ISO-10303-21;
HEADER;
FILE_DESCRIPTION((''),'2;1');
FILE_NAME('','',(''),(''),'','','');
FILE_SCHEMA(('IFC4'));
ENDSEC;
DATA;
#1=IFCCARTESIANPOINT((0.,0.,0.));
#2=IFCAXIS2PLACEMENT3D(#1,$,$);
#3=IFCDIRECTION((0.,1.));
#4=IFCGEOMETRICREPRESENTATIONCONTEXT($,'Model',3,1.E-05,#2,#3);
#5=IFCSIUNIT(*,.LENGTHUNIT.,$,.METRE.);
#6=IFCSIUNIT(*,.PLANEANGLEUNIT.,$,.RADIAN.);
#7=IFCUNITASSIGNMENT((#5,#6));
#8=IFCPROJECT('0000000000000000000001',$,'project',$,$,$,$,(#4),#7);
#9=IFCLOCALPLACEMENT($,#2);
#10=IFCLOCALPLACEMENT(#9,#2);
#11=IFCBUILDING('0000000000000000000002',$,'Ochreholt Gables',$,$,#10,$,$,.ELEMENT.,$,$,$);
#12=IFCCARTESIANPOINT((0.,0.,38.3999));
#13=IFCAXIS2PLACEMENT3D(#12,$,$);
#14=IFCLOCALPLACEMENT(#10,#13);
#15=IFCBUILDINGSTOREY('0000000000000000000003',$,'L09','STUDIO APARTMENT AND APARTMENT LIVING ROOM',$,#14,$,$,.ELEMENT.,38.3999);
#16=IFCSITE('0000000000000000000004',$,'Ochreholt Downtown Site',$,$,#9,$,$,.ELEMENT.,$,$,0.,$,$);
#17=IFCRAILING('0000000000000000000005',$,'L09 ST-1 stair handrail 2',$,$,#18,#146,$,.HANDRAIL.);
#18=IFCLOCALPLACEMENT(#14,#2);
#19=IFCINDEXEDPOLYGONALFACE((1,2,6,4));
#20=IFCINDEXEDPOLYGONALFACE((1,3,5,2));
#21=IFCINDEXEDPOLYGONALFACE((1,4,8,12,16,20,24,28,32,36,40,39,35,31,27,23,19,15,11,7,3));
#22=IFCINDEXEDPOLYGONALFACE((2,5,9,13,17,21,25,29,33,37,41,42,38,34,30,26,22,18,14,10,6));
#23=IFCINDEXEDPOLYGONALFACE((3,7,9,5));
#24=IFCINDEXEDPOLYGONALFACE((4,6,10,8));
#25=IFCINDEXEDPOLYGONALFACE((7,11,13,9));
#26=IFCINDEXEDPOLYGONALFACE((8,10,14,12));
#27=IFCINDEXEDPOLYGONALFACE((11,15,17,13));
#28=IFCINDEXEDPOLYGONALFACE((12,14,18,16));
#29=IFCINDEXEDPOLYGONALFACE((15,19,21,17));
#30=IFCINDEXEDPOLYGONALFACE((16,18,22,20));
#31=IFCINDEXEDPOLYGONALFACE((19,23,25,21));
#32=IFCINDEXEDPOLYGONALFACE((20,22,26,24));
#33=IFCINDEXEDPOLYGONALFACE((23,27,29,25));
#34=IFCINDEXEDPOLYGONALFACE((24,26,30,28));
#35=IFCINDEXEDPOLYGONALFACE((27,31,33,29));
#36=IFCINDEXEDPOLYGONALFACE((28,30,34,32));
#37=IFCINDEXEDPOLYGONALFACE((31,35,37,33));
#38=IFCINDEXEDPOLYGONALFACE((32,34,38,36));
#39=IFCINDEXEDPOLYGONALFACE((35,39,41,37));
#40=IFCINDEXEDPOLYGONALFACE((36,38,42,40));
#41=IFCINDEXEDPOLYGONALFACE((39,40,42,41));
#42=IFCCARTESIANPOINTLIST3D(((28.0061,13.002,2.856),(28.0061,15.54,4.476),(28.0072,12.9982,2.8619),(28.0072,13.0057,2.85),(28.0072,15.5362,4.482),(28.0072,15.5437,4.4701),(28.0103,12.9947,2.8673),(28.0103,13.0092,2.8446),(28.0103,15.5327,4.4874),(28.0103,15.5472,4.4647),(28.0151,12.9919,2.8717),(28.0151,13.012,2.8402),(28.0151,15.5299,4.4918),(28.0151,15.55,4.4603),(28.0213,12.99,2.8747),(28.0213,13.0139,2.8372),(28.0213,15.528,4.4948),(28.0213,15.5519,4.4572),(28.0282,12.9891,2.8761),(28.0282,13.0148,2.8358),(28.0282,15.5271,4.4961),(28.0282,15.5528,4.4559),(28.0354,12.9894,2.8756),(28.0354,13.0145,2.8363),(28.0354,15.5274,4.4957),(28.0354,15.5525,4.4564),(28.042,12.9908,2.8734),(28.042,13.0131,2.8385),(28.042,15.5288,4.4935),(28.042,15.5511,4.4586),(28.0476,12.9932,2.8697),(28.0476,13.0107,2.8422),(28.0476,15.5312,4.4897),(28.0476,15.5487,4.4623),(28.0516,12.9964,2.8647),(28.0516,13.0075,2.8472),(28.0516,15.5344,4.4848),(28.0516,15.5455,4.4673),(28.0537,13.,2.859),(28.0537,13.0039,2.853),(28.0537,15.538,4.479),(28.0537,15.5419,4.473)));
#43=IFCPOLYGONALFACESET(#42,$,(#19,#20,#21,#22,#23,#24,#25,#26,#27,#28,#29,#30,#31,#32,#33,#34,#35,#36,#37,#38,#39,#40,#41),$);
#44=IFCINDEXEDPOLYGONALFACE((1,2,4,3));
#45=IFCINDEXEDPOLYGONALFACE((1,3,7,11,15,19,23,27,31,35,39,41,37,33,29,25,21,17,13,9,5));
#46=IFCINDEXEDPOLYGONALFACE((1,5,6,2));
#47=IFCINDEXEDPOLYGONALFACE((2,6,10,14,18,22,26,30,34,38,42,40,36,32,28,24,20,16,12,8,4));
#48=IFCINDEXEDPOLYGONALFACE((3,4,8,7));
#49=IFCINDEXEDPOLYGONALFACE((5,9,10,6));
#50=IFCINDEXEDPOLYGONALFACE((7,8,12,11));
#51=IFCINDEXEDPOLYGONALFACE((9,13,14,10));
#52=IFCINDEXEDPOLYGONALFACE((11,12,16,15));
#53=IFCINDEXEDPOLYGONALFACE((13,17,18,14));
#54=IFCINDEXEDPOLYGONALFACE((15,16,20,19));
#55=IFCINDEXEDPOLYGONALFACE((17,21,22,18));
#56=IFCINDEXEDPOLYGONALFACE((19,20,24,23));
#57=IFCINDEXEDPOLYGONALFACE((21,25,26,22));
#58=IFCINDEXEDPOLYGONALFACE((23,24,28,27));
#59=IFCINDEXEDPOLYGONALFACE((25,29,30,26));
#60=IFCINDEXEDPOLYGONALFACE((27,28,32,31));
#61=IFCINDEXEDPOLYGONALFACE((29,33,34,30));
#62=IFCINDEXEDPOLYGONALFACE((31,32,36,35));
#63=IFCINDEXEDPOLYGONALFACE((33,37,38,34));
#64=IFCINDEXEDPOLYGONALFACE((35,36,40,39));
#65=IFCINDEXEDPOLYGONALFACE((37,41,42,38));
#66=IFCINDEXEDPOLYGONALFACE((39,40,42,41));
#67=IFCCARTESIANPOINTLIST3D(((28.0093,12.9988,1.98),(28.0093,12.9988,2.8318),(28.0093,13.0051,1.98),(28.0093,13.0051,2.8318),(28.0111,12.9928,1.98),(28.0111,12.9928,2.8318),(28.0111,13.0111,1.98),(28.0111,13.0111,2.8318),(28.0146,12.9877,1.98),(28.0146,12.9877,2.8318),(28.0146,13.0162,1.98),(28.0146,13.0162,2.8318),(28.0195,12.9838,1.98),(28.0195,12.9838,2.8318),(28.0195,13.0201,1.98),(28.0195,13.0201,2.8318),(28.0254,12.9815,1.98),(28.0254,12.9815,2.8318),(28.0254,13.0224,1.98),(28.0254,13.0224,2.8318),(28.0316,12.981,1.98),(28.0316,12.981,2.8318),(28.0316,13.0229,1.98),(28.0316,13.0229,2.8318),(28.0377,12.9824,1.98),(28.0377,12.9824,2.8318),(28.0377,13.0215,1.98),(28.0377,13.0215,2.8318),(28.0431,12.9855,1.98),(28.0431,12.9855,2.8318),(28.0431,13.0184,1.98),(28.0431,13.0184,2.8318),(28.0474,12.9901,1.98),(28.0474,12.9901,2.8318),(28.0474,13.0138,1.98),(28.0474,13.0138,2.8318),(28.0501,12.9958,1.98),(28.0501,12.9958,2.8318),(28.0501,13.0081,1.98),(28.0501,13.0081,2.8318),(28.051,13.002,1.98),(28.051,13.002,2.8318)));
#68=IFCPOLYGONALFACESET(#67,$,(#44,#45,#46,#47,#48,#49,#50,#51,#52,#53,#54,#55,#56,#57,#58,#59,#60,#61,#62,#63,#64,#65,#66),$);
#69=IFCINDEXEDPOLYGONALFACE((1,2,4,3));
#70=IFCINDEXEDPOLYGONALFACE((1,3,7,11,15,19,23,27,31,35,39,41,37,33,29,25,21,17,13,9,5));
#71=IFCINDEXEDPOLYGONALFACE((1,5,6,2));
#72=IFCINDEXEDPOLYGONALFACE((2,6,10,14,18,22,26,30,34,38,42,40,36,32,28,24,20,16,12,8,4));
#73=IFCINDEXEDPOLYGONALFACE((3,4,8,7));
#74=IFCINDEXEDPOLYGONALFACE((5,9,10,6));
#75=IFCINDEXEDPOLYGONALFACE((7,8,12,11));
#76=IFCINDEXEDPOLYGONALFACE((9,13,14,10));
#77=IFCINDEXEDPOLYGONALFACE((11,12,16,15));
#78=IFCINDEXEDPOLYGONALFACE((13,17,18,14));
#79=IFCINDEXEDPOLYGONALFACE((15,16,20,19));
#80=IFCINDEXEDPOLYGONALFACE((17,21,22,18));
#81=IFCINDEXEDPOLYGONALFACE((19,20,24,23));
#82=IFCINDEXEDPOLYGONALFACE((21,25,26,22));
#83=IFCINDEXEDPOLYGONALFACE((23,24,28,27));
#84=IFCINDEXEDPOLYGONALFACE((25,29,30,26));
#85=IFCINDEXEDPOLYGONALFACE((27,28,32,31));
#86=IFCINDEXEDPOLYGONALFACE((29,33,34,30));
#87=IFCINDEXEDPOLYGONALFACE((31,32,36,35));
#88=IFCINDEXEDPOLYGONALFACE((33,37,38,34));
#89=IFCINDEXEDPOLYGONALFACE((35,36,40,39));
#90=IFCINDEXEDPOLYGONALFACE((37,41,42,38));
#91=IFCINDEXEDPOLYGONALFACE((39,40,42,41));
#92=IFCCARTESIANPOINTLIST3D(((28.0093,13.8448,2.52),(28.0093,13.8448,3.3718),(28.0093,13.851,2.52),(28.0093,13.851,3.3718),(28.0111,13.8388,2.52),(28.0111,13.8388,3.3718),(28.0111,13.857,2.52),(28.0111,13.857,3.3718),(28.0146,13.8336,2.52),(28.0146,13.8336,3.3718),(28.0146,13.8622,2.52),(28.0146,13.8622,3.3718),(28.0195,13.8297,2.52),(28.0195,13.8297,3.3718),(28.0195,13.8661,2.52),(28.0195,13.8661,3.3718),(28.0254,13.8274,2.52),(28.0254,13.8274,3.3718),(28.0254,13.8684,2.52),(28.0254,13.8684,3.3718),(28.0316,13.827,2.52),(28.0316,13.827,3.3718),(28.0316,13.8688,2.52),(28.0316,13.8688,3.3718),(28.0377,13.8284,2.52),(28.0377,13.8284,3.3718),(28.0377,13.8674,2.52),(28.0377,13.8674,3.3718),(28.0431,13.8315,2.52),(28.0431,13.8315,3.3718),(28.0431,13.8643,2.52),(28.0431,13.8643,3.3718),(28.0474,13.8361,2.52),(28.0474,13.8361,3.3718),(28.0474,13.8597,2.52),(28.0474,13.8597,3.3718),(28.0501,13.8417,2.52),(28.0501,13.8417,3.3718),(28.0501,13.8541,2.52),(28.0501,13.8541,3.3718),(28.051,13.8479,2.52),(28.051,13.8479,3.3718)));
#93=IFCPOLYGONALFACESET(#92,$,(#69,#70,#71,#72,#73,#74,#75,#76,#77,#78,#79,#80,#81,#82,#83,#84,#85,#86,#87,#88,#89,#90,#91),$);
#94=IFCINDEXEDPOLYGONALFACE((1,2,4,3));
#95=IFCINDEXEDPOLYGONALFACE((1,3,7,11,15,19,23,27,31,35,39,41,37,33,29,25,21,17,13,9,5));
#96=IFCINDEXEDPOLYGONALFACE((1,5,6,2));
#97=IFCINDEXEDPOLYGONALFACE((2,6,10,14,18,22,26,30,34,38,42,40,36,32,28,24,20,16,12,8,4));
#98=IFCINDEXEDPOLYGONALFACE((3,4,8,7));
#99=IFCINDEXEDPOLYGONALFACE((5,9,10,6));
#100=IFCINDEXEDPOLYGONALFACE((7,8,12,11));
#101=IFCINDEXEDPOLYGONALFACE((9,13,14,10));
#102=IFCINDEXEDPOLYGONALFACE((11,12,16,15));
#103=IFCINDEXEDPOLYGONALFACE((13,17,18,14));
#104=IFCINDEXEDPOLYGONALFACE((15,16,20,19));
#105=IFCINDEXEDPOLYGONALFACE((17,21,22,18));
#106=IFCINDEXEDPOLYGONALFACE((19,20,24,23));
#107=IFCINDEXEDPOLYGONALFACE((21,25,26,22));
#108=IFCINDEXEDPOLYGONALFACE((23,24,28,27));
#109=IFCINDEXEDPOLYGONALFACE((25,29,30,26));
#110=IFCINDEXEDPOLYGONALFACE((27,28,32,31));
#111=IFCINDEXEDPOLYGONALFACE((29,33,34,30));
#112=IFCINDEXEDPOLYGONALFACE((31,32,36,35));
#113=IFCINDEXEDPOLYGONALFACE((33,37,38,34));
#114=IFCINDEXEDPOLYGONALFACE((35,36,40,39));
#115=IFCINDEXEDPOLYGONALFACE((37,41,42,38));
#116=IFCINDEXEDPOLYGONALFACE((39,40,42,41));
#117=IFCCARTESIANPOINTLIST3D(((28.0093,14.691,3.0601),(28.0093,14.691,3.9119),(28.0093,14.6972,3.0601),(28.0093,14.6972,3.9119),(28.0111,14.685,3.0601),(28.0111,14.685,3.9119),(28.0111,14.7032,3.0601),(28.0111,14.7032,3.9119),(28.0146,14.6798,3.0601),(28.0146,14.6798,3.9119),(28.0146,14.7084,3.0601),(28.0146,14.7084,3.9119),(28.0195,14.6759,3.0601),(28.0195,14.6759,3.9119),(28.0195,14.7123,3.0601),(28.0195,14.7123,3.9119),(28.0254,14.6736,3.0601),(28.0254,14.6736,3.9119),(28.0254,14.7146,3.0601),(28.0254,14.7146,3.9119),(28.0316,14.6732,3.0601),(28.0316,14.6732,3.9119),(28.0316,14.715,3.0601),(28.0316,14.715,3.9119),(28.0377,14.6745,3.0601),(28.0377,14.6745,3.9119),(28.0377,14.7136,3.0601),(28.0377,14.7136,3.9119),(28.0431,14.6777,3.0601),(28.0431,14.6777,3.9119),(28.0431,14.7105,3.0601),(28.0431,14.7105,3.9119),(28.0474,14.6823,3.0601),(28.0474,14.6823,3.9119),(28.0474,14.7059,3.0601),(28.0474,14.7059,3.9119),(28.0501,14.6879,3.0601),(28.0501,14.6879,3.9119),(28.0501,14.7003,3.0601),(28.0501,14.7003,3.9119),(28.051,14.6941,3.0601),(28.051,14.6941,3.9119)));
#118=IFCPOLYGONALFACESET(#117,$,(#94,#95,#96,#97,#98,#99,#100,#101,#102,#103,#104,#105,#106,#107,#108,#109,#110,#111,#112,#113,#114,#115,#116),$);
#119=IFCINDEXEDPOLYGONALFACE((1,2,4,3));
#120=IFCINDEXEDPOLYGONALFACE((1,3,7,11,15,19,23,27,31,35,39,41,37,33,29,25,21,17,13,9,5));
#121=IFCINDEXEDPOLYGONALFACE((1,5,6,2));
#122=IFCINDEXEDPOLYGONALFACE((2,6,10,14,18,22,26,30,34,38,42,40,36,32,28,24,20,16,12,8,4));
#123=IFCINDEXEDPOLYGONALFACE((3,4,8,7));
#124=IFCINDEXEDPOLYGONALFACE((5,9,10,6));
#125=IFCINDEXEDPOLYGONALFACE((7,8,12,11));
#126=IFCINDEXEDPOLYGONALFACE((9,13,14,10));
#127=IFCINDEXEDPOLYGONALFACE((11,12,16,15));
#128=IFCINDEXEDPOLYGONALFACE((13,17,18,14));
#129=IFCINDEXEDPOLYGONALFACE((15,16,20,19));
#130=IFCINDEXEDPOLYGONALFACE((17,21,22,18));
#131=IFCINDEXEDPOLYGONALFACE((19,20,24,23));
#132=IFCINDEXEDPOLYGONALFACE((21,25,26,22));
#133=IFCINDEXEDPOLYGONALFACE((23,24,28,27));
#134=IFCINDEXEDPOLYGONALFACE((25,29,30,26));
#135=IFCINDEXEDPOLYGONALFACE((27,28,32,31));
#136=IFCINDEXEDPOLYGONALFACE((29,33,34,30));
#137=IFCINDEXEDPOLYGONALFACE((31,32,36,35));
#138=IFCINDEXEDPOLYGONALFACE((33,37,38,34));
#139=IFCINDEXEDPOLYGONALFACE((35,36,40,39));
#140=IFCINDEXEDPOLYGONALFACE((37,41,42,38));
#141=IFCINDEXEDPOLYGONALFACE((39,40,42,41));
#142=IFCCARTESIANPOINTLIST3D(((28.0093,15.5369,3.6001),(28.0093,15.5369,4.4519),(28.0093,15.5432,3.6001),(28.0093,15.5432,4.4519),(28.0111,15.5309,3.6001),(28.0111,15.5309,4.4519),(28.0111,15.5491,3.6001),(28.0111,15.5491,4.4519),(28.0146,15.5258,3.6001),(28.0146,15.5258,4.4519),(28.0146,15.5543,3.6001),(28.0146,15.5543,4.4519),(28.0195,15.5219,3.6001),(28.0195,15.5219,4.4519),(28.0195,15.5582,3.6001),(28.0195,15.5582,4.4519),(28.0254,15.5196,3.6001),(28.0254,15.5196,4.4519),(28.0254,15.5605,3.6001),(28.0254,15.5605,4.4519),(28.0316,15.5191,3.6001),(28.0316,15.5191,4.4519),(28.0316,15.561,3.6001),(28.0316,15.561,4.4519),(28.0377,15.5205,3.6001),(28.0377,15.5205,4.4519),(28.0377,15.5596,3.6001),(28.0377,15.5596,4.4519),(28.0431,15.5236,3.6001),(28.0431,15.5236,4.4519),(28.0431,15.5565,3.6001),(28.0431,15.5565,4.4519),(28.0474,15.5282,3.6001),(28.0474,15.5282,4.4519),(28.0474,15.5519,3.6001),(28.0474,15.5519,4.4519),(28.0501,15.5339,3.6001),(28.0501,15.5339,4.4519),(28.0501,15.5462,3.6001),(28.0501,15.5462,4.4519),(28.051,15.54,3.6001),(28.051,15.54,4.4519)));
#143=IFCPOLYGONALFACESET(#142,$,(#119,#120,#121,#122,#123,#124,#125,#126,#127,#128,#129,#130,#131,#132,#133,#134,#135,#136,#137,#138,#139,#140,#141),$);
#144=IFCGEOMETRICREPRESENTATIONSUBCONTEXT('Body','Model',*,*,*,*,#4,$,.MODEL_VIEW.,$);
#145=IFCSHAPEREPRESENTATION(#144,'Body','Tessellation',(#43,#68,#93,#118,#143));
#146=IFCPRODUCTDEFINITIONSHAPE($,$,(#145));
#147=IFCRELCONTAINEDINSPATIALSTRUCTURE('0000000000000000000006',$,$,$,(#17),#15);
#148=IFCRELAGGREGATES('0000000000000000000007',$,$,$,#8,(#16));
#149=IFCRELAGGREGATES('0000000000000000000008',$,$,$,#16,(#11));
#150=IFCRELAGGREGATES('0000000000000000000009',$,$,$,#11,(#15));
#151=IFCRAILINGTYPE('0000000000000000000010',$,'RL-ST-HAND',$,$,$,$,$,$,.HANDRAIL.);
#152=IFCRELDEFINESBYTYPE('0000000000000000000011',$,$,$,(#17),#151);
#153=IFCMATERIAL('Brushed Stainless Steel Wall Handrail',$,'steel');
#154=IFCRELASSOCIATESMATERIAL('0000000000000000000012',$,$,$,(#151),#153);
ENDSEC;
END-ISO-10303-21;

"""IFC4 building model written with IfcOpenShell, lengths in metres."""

from ifc_helpers import new_model, si_unit, direction, frame, origin, origin_2d, place, context, subcontext, project, spatial, circle, extrude, material, type_object, element, save


model = new_model("IFC4")

# Units and contexts
model_context = context("Model", 3, precision=1e-05, world=origin(), true_north=direction((0.0, 1.0)))
body_context = subcontext(model_context, "Body", "Model", "MODEL_VIEW")
ifc_project = project(units=[si_unit("LENGTHUNIT", "METRE"), si_unit("PLANEANGLEUNIT", "RADIAN")], contexts=[model_context])

# Site, building, storey
site_placement = place(None, origin())
site = spatial("IfcSite", under=ifc_project, at=site_placement, Name="Ochreholt Downtown Site", CompositionType="ELEMENT", RefElevation=0.0)
building_placement = place(site_placement, origin())
building = spatial("IfcBuilding", under=site, at=building_placement, Name="Ochreholt Gables", CompositionType="ELEMENT")
storey_placement = place(building_placement, frame((0.0, 0.0, 38.3999)))
storey = spatial("IfcBuildingStorey", under=building, at=storey_placement, Name="L09", Description="STUDIO APARTMENT AND APARTMENT LIVING ROOM", CompositionType="ELEMENT", Elevation=38.3999)

# Railing
ifc_material_1 = material(Name="Brushed Stainless Steel Wall Handrail", Category="steel")
railing_type_1 = type_object("IfcRailingType", Name="RL-ST-HAND", PredefinedType="HANDRAIL", material=ifc_material_1)
railing_1_placement = place(storey_placement, frame((28.03, 13.002, 1.98)))
element("IfcRailing", 1, at=railing_1_placement, inside=storey, type_object=railing_type_1, Name="L09 ST-1 stair handrail 2", PredefinedType="HANDRAIL", context=body_context, shape_type="SweptSolid", body=[
    extrude(circle(Radius=0.0239, at=origin_2d()), frame((0.0, 0.0, 0.876), z_axis=(0.0, 0.842913, 0.53805), x_axis=(-1.0, 0.0, 0.0)), (0.0, 0.0, 1.0), 3.011),
    extrude(circle(Radius=0.021, at=origin_2d()), origin(), (0.0, 0.0, 1.0), 0.8518),
    extrude(circle(Radius=0.021, at=origin_2d()), frame((0.0, 0.8459, 0.54)), (0.0, 0.0, 1.0), 0.8518),
    extrude(circle(Radius=0.021, at=origin_2d()), frame((0.0, 1.6921, 1.0801)), (0.0, 0.0, 1.0), 0.8518),
    extrude(circle(Radius=0.021, at=origin_2d()), frame((0.0, 2.5381, 1.6201)), (0.0, 0.0, 1.0), 0.8518),
])

save(model, "model.ifc")
